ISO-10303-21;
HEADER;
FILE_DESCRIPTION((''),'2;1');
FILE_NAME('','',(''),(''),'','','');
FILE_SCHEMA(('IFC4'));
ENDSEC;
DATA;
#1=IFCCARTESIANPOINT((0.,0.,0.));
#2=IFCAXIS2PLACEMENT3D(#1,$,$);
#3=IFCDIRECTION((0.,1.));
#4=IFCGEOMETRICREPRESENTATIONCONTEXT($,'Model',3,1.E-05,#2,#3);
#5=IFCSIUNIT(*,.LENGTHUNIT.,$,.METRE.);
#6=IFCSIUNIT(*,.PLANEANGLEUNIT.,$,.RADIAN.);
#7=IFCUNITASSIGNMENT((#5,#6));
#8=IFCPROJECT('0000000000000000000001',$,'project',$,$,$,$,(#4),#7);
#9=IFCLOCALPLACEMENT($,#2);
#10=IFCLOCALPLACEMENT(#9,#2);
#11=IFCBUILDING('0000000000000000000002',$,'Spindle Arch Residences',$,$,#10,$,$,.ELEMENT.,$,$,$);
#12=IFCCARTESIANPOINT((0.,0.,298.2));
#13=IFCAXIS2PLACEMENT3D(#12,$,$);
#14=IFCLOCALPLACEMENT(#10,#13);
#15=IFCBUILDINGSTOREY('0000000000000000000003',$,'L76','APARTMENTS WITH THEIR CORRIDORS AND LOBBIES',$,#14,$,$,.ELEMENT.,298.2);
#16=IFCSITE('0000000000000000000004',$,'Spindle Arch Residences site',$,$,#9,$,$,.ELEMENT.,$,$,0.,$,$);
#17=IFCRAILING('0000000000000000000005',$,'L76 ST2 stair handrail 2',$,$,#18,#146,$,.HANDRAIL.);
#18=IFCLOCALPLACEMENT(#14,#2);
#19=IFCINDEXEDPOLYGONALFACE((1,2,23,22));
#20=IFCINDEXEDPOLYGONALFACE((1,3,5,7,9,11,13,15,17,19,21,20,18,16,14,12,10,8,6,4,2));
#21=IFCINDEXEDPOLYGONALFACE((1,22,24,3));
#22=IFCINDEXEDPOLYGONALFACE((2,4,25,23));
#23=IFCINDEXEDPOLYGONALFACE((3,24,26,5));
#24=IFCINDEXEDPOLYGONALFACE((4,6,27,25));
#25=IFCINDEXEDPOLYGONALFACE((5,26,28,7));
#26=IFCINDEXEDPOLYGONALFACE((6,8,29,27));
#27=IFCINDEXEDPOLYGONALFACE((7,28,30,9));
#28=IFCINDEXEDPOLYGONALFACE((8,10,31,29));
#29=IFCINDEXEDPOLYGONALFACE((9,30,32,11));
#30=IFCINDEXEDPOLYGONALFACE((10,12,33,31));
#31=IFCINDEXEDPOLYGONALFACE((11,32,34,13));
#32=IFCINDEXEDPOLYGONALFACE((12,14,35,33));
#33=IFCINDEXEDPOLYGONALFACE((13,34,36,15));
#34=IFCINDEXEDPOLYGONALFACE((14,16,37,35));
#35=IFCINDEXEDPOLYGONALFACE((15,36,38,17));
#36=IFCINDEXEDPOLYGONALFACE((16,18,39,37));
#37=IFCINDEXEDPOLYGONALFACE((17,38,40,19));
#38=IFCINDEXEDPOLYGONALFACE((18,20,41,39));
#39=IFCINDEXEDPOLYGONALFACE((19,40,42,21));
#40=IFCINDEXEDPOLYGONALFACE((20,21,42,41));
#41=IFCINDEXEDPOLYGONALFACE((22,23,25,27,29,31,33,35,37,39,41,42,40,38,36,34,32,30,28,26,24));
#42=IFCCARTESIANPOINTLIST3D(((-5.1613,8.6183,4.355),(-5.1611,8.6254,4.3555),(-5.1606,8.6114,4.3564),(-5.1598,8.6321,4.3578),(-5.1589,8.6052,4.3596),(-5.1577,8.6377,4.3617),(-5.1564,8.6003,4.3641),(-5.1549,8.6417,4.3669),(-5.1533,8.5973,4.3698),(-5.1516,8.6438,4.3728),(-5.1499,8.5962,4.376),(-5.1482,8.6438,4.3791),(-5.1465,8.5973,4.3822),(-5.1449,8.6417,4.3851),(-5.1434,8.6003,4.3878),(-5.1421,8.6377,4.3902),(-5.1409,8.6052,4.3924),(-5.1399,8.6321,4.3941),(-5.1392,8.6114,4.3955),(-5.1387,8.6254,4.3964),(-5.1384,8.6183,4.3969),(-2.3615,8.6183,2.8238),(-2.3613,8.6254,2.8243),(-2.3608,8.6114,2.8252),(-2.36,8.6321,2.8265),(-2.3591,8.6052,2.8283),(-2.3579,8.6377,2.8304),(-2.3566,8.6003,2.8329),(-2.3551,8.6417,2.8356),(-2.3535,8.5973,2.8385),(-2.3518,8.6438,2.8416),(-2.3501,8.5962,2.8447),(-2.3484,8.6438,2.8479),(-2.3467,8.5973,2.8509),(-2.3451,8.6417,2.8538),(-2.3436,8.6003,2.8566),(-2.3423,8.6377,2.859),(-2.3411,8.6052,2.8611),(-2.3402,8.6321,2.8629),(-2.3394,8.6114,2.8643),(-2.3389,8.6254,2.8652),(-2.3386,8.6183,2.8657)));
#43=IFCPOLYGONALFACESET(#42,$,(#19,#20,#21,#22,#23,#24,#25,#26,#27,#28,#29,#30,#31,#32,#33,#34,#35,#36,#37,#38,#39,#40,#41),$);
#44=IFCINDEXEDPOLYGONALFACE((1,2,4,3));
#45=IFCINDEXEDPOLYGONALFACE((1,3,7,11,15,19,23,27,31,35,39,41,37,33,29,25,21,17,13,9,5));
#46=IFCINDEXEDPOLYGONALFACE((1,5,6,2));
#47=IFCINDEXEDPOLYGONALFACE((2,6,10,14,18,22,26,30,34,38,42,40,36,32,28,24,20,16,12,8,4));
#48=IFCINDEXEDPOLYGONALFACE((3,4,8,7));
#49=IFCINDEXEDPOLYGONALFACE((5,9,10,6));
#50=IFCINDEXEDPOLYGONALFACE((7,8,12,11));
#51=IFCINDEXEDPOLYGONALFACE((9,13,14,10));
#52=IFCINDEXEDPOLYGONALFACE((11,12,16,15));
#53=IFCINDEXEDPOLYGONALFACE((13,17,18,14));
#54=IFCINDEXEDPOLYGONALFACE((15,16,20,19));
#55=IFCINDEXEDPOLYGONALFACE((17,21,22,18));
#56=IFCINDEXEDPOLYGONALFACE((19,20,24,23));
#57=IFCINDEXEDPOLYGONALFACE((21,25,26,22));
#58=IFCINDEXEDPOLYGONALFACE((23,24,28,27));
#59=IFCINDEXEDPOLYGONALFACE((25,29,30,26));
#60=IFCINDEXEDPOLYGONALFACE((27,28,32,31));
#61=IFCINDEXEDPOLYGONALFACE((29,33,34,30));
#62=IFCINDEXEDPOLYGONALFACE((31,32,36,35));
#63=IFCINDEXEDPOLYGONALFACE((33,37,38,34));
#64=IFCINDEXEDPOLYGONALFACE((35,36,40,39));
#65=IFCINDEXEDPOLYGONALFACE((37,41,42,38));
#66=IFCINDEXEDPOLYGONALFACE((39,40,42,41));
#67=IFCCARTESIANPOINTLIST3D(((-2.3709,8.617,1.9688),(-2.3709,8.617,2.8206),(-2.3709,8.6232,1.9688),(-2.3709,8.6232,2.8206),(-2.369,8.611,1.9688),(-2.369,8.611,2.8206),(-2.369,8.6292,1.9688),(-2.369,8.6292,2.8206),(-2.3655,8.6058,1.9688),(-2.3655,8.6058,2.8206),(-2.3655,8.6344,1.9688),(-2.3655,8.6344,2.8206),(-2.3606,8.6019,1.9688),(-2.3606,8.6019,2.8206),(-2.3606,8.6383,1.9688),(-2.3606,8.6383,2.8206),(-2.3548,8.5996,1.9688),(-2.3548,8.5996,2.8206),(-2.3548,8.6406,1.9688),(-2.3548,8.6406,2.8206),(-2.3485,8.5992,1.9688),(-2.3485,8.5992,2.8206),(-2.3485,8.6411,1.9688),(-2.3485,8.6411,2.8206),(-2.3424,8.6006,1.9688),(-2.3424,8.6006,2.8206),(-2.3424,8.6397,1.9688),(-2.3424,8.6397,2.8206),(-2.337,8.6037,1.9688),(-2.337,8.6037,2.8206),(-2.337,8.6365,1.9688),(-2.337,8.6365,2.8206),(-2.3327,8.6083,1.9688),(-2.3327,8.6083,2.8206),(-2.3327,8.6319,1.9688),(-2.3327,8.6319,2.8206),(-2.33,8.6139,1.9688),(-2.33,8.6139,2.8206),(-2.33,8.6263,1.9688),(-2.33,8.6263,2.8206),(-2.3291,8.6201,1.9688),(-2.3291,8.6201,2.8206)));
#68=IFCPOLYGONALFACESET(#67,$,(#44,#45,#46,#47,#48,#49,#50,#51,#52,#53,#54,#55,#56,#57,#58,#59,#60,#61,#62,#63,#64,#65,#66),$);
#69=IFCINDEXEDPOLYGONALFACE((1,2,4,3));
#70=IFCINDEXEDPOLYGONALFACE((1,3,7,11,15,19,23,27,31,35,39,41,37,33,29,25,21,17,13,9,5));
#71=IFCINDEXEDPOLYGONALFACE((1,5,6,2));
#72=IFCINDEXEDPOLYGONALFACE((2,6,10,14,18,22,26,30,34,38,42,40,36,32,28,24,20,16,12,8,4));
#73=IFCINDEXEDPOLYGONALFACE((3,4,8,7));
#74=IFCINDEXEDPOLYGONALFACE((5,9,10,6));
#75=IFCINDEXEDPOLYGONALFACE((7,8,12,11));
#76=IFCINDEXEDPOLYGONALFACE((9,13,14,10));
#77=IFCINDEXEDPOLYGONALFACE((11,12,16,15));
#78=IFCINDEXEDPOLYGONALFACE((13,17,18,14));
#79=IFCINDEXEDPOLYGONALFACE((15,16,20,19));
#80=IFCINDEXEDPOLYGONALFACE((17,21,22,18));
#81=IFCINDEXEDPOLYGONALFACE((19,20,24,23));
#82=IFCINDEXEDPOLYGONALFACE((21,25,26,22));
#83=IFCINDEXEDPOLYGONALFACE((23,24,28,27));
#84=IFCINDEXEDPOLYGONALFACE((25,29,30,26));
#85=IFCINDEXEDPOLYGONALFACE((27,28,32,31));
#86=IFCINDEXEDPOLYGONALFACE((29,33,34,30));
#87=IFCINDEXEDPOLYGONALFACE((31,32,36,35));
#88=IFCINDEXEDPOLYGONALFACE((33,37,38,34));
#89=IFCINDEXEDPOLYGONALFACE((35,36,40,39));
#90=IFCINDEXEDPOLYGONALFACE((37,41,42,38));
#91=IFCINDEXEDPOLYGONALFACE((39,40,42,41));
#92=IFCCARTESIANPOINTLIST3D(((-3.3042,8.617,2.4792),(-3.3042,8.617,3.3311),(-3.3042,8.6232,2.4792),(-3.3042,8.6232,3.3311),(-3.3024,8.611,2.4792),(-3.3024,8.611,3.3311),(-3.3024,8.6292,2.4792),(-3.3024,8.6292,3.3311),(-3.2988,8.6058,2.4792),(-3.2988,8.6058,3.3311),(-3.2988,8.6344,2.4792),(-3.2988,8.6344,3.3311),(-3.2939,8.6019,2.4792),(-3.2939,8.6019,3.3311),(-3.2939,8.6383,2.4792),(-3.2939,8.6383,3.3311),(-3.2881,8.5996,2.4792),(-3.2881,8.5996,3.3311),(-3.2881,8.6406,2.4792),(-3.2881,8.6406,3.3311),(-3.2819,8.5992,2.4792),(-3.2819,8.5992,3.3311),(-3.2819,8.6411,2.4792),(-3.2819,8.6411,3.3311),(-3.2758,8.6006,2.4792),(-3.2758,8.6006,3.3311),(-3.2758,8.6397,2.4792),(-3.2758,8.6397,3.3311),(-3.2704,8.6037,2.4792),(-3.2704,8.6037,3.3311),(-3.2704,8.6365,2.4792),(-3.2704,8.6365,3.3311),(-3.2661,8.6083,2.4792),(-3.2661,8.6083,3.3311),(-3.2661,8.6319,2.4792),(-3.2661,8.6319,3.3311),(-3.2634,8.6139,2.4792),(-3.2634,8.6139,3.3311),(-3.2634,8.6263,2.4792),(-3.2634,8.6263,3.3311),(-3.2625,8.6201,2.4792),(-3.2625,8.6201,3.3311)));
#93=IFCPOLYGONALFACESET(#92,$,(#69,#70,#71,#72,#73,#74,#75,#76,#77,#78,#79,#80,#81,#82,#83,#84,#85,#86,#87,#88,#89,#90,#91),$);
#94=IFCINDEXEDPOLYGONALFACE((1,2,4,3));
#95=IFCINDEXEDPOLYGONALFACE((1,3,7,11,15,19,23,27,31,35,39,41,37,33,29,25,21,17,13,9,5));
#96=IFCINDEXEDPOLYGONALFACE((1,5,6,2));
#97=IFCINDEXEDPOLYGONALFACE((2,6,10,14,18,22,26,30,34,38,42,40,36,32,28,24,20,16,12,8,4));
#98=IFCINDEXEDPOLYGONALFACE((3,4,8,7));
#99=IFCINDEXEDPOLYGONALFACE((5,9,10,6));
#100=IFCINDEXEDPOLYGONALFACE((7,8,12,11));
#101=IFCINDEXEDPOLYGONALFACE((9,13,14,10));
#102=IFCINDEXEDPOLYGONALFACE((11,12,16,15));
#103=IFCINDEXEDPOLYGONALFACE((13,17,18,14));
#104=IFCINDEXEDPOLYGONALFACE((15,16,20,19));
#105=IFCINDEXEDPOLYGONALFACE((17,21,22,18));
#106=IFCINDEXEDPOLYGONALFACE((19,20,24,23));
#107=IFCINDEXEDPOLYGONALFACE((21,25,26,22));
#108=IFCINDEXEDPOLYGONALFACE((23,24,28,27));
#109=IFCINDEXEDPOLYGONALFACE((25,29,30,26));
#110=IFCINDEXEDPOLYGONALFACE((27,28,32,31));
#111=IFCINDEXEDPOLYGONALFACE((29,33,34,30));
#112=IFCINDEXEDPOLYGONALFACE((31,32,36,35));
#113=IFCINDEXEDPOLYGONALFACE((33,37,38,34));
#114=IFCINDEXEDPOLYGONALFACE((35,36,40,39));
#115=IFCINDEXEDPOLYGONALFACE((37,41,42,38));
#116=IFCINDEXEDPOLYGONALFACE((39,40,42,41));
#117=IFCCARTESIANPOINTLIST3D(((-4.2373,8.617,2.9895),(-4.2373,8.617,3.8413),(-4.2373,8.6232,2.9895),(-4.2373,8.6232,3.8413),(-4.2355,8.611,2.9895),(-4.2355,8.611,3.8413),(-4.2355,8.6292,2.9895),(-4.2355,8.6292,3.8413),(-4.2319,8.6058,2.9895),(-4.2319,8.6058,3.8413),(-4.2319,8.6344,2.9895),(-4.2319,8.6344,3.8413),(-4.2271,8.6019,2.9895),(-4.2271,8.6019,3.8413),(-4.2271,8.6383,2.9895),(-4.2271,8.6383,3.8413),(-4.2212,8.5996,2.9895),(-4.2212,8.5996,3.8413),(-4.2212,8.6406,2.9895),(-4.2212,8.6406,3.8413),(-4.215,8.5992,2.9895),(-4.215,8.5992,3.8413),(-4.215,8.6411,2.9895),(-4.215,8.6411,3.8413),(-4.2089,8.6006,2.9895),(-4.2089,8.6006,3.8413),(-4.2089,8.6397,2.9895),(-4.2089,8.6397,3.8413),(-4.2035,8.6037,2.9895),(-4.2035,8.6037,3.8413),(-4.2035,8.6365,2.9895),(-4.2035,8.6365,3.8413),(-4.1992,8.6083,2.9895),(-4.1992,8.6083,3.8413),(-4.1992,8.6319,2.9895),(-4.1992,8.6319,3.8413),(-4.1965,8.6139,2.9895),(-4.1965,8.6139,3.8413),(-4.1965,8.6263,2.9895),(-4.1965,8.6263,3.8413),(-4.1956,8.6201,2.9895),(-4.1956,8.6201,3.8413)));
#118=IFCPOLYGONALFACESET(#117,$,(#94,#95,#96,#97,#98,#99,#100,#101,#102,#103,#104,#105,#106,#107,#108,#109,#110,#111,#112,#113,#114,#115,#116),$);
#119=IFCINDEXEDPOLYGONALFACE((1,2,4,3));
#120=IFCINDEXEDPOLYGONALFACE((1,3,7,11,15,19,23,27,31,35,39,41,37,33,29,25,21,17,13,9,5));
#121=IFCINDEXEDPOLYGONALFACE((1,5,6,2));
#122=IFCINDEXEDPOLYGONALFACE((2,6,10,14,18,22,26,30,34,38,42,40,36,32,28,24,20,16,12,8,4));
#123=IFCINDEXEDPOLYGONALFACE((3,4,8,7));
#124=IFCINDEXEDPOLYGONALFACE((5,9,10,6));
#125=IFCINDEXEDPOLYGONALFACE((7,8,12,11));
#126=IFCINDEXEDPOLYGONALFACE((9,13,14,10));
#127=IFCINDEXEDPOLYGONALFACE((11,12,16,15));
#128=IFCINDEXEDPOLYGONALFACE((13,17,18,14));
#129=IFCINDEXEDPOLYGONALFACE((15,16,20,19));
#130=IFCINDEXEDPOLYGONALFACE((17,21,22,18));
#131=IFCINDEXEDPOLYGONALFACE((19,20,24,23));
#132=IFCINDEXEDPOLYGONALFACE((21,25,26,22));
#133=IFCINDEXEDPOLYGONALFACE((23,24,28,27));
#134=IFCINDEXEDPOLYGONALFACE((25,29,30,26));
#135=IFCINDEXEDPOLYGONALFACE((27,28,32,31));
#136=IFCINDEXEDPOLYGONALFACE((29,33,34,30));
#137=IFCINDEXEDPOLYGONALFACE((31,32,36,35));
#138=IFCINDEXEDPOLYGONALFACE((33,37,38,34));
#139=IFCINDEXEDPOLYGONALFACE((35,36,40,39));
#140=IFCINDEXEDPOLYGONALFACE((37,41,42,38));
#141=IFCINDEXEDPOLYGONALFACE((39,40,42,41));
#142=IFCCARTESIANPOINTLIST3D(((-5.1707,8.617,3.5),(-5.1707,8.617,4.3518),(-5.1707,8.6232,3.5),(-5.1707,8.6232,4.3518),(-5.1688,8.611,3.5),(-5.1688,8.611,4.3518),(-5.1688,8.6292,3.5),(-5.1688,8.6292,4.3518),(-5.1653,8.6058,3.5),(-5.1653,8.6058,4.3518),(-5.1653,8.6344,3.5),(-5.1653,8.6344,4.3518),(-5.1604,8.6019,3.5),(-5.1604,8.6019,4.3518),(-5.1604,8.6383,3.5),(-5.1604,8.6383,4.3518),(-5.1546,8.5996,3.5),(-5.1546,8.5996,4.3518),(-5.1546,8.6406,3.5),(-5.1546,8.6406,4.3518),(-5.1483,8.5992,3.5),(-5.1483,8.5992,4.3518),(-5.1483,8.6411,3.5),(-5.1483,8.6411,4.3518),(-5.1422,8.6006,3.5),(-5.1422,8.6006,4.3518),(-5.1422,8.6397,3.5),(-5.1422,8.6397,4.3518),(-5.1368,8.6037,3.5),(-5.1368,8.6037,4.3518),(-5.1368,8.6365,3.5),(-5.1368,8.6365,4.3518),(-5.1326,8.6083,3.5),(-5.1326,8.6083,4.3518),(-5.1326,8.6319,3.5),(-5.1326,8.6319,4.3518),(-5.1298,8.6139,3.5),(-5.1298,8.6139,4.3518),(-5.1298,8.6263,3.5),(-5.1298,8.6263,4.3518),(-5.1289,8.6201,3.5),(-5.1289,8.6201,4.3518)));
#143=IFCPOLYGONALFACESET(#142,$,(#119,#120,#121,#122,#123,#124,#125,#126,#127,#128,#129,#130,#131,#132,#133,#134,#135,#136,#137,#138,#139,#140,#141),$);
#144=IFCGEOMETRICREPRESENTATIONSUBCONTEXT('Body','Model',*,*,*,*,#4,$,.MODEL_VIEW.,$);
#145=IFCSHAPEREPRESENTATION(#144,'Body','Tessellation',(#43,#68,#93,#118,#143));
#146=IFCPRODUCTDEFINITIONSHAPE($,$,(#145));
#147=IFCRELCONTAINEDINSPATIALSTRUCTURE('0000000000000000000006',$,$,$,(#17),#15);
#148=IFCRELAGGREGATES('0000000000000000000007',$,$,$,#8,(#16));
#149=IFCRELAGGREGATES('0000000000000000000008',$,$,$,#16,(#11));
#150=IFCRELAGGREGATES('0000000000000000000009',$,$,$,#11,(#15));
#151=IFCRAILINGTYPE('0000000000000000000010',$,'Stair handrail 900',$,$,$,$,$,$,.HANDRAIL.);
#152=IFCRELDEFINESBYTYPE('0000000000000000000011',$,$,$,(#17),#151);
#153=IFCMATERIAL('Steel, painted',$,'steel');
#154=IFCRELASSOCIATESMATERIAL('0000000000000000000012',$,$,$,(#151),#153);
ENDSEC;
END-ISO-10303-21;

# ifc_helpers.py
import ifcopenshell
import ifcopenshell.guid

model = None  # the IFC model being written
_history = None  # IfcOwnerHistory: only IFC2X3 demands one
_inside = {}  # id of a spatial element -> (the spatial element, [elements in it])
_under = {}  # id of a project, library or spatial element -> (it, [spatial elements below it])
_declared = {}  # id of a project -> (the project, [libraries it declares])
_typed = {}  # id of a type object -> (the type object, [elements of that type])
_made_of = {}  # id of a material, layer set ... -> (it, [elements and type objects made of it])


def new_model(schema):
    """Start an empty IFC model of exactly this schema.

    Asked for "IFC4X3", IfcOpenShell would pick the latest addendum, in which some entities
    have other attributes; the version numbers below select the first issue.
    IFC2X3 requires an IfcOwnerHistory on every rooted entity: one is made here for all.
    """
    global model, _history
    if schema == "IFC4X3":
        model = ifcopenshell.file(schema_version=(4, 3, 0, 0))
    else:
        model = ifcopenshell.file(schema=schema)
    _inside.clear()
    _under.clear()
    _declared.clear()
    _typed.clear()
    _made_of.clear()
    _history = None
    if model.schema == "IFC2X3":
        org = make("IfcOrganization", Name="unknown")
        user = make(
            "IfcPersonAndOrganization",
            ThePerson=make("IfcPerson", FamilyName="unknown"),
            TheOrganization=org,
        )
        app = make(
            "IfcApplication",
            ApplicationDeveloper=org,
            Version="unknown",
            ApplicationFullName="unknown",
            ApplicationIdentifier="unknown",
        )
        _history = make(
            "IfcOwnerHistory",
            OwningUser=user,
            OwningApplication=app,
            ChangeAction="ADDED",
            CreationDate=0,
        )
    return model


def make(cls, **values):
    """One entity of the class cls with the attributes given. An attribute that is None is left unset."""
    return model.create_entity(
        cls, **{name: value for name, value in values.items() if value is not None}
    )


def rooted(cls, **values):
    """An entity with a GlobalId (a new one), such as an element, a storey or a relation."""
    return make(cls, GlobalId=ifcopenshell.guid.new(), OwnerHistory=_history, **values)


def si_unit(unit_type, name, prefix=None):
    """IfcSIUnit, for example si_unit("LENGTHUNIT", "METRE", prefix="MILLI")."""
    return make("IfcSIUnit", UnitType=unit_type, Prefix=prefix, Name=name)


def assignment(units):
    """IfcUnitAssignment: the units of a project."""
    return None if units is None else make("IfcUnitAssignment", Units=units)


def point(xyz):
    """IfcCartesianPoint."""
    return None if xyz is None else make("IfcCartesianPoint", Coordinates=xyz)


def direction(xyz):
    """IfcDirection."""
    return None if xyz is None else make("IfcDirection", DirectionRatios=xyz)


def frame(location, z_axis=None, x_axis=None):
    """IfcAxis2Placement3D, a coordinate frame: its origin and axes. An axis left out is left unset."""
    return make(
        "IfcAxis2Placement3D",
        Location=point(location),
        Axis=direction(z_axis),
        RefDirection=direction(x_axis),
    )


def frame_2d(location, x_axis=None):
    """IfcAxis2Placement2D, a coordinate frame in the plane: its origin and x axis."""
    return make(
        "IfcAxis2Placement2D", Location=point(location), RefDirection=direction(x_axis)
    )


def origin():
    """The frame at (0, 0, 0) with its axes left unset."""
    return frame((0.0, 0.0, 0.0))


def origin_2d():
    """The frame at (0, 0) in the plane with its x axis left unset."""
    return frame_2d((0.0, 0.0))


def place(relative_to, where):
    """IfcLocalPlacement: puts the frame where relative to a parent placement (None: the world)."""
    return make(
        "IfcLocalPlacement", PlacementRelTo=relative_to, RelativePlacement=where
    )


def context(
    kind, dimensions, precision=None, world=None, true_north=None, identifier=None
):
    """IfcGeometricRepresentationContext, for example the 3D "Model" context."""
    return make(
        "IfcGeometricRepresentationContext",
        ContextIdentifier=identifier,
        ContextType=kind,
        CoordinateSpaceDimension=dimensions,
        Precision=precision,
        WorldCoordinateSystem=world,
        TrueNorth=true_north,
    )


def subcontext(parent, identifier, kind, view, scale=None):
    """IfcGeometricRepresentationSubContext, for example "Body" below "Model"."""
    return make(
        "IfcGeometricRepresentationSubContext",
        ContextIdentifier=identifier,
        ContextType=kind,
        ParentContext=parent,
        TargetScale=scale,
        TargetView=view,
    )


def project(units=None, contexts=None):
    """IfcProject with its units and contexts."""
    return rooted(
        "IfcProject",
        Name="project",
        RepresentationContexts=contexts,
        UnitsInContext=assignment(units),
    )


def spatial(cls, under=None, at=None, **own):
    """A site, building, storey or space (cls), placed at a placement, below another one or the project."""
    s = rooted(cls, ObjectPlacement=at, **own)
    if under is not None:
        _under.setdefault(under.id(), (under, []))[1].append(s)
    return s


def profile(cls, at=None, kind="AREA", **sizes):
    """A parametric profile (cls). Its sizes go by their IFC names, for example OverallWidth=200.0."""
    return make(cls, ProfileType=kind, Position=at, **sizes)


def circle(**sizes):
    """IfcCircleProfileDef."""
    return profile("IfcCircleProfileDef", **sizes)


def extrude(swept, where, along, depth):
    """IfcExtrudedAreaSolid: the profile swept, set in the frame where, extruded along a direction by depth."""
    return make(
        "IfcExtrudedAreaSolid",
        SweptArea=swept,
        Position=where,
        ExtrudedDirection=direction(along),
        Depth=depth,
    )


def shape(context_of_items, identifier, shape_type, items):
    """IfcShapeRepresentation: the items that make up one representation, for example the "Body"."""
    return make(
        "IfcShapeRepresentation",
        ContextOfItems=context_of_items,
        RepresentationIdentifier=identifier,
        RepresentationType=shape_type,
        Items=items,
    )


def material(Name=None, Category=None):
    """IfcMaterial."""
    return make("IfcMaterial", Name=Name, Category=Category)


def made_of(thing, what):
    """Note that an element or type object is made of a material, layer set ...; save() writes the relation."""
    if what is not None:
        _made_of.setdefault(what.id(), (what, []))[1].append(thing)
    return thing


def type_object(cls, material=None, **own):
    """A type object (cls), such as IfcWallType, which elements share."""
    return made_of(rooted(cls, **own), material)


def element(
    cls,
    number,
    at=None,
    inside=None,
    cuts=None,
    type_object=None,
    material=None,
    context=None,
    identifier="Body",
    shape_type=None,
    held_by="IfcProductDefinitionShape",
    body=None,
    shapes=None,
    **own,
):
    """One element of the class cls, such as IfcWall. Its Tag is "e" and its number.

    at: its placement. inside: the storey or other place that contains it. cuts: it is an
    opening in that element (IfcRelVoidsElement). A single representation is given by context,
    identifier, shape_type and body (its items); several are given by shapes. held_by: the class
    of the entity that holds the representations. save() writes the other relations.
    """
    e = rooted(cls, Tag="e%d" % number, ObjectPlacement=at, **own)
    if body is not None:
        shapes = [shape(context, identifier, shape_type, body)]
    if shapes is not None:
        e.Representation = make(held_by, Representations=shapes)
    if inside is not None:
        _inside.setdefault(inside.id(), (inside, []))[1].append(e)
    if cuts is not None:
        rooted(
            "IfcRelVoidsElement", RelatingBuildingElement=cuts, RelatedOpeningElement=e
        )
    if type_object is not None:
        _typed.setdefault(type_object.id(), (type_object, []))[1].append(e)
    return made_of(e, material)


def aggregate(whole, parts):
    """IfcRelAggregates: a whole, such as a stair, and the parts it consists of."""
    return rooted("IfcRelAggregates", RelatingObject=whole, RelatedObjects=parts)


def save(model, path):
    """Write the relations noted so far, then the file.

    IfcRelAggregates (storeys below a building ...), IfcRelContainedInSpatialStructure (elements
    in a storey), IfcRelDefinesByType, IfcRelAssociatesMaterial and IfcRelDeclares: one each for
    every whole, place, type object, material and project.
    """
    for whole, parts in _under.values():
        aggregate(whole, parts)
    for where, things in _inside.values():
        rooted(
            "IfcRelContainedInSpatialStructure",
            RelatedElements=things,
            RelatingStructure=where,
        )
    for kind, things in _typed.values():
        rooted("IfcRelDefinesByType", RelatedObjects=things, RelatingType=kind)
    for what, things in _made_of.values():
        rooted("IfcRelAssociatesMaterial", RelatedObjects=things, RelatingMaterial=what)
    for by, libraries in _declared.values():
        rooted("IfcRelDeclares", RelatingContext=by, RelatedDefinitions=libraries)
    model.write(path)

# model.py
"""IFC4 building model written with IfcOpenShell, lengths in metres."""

from ifc_helpers import new_model, si_unit, direction, frame, origin, origin_2d, place, context, subcontext, project, spatial, circle, extrude, material, type_object, element, save


model = new_model("IFC4")

# Units and contexts
model_context = context("Model", 3, precision=1e-05, world=origin(), true_north=direction((0.0, 1.0)))
body_context = subcontext(model_context, "Body", "Model", "MODEL_VIEW")
ifc_project = project(units=[si_unit("LENGTHUNIT", "METRE"), si_unit("PLANEANGLEUNIT", "RADIAN")], contexts=[model_context])

# Site, building, storey
site_placement = place(None, origin())
site = spatial("IfcSite", under=ifc_project, at=site_placement, Name="Spindle Arch Residences site", CompositionType="ELEMENT", RefElevation=0.0)
building_placement = place(site_placement, origin())
building = spatial("IfcBuilding", under=site, at=building_placement, Name="Spindle Arch Residences", CompositionType="ELEMENT")
storey_placement = place(building_placement, frame((0.0, 0.0, 298.2)))
storey = spatial("IfcBuildingStorey", under=building, at=storey_placement, Name="L76", Description="APARTMENTS WITH THEIR CORRIDORS AND LOBBIES", CompositionType="ELEMENT", Elevation=298.2)

# Railing
ifc_material_1 = material(Name="Steel, painted", Category="steel")
railing_type_1 = type_object("IfcRailingType", Name="Stair handrail 900", PredefinedType="HANDRAIL", material=ifc_material_1)
railing_1_placement = place(storey_placement, frame((-2.3501, 8.6201, 1.9688)))
element("IfcRailing", 1, at=railing_1_placement, inside=storey, type_object=railing_type_1, Name="L76 ST2 stair handrail 2", PredefinedType="HANDRAIL", context=body_context, shape_type="SweptSolid", body=[
    extrude(circle(Radius=0.0239, at=origin_2d()), frame((0.0, 0.0, 0.876), z_axis=(-0.877357, 0.0, 0.479838), x_axis=(0.0, -1.0, 0.0)), (0.0, 0.0, 1.0), 3.1912),
    extrude(circle(Radius=0.021, at=origin_2d()), origin(), (0.0, 0.0, 1.0), 0.8518),
    extrude(circle(Radius=0.021, at=origin_2d()), frame((-0.9333, 0.0, 0.5105)), (0.0, 0.0, 1.0), 0.8518),
    extrude(circle(Radius=0.021, at=origin_2d()), frame((-1.8665, 0.0, 1.0208)), (0.0, 0.0, 1.0), 0.8518),
    extrude(circle(Radius=0.021, at=origin_2d()), frame((-2.7998, 0.0, 1.5312)), (0.0, 0.0, 1.0), 0.8518),
])

save(model, "model.ifc")
